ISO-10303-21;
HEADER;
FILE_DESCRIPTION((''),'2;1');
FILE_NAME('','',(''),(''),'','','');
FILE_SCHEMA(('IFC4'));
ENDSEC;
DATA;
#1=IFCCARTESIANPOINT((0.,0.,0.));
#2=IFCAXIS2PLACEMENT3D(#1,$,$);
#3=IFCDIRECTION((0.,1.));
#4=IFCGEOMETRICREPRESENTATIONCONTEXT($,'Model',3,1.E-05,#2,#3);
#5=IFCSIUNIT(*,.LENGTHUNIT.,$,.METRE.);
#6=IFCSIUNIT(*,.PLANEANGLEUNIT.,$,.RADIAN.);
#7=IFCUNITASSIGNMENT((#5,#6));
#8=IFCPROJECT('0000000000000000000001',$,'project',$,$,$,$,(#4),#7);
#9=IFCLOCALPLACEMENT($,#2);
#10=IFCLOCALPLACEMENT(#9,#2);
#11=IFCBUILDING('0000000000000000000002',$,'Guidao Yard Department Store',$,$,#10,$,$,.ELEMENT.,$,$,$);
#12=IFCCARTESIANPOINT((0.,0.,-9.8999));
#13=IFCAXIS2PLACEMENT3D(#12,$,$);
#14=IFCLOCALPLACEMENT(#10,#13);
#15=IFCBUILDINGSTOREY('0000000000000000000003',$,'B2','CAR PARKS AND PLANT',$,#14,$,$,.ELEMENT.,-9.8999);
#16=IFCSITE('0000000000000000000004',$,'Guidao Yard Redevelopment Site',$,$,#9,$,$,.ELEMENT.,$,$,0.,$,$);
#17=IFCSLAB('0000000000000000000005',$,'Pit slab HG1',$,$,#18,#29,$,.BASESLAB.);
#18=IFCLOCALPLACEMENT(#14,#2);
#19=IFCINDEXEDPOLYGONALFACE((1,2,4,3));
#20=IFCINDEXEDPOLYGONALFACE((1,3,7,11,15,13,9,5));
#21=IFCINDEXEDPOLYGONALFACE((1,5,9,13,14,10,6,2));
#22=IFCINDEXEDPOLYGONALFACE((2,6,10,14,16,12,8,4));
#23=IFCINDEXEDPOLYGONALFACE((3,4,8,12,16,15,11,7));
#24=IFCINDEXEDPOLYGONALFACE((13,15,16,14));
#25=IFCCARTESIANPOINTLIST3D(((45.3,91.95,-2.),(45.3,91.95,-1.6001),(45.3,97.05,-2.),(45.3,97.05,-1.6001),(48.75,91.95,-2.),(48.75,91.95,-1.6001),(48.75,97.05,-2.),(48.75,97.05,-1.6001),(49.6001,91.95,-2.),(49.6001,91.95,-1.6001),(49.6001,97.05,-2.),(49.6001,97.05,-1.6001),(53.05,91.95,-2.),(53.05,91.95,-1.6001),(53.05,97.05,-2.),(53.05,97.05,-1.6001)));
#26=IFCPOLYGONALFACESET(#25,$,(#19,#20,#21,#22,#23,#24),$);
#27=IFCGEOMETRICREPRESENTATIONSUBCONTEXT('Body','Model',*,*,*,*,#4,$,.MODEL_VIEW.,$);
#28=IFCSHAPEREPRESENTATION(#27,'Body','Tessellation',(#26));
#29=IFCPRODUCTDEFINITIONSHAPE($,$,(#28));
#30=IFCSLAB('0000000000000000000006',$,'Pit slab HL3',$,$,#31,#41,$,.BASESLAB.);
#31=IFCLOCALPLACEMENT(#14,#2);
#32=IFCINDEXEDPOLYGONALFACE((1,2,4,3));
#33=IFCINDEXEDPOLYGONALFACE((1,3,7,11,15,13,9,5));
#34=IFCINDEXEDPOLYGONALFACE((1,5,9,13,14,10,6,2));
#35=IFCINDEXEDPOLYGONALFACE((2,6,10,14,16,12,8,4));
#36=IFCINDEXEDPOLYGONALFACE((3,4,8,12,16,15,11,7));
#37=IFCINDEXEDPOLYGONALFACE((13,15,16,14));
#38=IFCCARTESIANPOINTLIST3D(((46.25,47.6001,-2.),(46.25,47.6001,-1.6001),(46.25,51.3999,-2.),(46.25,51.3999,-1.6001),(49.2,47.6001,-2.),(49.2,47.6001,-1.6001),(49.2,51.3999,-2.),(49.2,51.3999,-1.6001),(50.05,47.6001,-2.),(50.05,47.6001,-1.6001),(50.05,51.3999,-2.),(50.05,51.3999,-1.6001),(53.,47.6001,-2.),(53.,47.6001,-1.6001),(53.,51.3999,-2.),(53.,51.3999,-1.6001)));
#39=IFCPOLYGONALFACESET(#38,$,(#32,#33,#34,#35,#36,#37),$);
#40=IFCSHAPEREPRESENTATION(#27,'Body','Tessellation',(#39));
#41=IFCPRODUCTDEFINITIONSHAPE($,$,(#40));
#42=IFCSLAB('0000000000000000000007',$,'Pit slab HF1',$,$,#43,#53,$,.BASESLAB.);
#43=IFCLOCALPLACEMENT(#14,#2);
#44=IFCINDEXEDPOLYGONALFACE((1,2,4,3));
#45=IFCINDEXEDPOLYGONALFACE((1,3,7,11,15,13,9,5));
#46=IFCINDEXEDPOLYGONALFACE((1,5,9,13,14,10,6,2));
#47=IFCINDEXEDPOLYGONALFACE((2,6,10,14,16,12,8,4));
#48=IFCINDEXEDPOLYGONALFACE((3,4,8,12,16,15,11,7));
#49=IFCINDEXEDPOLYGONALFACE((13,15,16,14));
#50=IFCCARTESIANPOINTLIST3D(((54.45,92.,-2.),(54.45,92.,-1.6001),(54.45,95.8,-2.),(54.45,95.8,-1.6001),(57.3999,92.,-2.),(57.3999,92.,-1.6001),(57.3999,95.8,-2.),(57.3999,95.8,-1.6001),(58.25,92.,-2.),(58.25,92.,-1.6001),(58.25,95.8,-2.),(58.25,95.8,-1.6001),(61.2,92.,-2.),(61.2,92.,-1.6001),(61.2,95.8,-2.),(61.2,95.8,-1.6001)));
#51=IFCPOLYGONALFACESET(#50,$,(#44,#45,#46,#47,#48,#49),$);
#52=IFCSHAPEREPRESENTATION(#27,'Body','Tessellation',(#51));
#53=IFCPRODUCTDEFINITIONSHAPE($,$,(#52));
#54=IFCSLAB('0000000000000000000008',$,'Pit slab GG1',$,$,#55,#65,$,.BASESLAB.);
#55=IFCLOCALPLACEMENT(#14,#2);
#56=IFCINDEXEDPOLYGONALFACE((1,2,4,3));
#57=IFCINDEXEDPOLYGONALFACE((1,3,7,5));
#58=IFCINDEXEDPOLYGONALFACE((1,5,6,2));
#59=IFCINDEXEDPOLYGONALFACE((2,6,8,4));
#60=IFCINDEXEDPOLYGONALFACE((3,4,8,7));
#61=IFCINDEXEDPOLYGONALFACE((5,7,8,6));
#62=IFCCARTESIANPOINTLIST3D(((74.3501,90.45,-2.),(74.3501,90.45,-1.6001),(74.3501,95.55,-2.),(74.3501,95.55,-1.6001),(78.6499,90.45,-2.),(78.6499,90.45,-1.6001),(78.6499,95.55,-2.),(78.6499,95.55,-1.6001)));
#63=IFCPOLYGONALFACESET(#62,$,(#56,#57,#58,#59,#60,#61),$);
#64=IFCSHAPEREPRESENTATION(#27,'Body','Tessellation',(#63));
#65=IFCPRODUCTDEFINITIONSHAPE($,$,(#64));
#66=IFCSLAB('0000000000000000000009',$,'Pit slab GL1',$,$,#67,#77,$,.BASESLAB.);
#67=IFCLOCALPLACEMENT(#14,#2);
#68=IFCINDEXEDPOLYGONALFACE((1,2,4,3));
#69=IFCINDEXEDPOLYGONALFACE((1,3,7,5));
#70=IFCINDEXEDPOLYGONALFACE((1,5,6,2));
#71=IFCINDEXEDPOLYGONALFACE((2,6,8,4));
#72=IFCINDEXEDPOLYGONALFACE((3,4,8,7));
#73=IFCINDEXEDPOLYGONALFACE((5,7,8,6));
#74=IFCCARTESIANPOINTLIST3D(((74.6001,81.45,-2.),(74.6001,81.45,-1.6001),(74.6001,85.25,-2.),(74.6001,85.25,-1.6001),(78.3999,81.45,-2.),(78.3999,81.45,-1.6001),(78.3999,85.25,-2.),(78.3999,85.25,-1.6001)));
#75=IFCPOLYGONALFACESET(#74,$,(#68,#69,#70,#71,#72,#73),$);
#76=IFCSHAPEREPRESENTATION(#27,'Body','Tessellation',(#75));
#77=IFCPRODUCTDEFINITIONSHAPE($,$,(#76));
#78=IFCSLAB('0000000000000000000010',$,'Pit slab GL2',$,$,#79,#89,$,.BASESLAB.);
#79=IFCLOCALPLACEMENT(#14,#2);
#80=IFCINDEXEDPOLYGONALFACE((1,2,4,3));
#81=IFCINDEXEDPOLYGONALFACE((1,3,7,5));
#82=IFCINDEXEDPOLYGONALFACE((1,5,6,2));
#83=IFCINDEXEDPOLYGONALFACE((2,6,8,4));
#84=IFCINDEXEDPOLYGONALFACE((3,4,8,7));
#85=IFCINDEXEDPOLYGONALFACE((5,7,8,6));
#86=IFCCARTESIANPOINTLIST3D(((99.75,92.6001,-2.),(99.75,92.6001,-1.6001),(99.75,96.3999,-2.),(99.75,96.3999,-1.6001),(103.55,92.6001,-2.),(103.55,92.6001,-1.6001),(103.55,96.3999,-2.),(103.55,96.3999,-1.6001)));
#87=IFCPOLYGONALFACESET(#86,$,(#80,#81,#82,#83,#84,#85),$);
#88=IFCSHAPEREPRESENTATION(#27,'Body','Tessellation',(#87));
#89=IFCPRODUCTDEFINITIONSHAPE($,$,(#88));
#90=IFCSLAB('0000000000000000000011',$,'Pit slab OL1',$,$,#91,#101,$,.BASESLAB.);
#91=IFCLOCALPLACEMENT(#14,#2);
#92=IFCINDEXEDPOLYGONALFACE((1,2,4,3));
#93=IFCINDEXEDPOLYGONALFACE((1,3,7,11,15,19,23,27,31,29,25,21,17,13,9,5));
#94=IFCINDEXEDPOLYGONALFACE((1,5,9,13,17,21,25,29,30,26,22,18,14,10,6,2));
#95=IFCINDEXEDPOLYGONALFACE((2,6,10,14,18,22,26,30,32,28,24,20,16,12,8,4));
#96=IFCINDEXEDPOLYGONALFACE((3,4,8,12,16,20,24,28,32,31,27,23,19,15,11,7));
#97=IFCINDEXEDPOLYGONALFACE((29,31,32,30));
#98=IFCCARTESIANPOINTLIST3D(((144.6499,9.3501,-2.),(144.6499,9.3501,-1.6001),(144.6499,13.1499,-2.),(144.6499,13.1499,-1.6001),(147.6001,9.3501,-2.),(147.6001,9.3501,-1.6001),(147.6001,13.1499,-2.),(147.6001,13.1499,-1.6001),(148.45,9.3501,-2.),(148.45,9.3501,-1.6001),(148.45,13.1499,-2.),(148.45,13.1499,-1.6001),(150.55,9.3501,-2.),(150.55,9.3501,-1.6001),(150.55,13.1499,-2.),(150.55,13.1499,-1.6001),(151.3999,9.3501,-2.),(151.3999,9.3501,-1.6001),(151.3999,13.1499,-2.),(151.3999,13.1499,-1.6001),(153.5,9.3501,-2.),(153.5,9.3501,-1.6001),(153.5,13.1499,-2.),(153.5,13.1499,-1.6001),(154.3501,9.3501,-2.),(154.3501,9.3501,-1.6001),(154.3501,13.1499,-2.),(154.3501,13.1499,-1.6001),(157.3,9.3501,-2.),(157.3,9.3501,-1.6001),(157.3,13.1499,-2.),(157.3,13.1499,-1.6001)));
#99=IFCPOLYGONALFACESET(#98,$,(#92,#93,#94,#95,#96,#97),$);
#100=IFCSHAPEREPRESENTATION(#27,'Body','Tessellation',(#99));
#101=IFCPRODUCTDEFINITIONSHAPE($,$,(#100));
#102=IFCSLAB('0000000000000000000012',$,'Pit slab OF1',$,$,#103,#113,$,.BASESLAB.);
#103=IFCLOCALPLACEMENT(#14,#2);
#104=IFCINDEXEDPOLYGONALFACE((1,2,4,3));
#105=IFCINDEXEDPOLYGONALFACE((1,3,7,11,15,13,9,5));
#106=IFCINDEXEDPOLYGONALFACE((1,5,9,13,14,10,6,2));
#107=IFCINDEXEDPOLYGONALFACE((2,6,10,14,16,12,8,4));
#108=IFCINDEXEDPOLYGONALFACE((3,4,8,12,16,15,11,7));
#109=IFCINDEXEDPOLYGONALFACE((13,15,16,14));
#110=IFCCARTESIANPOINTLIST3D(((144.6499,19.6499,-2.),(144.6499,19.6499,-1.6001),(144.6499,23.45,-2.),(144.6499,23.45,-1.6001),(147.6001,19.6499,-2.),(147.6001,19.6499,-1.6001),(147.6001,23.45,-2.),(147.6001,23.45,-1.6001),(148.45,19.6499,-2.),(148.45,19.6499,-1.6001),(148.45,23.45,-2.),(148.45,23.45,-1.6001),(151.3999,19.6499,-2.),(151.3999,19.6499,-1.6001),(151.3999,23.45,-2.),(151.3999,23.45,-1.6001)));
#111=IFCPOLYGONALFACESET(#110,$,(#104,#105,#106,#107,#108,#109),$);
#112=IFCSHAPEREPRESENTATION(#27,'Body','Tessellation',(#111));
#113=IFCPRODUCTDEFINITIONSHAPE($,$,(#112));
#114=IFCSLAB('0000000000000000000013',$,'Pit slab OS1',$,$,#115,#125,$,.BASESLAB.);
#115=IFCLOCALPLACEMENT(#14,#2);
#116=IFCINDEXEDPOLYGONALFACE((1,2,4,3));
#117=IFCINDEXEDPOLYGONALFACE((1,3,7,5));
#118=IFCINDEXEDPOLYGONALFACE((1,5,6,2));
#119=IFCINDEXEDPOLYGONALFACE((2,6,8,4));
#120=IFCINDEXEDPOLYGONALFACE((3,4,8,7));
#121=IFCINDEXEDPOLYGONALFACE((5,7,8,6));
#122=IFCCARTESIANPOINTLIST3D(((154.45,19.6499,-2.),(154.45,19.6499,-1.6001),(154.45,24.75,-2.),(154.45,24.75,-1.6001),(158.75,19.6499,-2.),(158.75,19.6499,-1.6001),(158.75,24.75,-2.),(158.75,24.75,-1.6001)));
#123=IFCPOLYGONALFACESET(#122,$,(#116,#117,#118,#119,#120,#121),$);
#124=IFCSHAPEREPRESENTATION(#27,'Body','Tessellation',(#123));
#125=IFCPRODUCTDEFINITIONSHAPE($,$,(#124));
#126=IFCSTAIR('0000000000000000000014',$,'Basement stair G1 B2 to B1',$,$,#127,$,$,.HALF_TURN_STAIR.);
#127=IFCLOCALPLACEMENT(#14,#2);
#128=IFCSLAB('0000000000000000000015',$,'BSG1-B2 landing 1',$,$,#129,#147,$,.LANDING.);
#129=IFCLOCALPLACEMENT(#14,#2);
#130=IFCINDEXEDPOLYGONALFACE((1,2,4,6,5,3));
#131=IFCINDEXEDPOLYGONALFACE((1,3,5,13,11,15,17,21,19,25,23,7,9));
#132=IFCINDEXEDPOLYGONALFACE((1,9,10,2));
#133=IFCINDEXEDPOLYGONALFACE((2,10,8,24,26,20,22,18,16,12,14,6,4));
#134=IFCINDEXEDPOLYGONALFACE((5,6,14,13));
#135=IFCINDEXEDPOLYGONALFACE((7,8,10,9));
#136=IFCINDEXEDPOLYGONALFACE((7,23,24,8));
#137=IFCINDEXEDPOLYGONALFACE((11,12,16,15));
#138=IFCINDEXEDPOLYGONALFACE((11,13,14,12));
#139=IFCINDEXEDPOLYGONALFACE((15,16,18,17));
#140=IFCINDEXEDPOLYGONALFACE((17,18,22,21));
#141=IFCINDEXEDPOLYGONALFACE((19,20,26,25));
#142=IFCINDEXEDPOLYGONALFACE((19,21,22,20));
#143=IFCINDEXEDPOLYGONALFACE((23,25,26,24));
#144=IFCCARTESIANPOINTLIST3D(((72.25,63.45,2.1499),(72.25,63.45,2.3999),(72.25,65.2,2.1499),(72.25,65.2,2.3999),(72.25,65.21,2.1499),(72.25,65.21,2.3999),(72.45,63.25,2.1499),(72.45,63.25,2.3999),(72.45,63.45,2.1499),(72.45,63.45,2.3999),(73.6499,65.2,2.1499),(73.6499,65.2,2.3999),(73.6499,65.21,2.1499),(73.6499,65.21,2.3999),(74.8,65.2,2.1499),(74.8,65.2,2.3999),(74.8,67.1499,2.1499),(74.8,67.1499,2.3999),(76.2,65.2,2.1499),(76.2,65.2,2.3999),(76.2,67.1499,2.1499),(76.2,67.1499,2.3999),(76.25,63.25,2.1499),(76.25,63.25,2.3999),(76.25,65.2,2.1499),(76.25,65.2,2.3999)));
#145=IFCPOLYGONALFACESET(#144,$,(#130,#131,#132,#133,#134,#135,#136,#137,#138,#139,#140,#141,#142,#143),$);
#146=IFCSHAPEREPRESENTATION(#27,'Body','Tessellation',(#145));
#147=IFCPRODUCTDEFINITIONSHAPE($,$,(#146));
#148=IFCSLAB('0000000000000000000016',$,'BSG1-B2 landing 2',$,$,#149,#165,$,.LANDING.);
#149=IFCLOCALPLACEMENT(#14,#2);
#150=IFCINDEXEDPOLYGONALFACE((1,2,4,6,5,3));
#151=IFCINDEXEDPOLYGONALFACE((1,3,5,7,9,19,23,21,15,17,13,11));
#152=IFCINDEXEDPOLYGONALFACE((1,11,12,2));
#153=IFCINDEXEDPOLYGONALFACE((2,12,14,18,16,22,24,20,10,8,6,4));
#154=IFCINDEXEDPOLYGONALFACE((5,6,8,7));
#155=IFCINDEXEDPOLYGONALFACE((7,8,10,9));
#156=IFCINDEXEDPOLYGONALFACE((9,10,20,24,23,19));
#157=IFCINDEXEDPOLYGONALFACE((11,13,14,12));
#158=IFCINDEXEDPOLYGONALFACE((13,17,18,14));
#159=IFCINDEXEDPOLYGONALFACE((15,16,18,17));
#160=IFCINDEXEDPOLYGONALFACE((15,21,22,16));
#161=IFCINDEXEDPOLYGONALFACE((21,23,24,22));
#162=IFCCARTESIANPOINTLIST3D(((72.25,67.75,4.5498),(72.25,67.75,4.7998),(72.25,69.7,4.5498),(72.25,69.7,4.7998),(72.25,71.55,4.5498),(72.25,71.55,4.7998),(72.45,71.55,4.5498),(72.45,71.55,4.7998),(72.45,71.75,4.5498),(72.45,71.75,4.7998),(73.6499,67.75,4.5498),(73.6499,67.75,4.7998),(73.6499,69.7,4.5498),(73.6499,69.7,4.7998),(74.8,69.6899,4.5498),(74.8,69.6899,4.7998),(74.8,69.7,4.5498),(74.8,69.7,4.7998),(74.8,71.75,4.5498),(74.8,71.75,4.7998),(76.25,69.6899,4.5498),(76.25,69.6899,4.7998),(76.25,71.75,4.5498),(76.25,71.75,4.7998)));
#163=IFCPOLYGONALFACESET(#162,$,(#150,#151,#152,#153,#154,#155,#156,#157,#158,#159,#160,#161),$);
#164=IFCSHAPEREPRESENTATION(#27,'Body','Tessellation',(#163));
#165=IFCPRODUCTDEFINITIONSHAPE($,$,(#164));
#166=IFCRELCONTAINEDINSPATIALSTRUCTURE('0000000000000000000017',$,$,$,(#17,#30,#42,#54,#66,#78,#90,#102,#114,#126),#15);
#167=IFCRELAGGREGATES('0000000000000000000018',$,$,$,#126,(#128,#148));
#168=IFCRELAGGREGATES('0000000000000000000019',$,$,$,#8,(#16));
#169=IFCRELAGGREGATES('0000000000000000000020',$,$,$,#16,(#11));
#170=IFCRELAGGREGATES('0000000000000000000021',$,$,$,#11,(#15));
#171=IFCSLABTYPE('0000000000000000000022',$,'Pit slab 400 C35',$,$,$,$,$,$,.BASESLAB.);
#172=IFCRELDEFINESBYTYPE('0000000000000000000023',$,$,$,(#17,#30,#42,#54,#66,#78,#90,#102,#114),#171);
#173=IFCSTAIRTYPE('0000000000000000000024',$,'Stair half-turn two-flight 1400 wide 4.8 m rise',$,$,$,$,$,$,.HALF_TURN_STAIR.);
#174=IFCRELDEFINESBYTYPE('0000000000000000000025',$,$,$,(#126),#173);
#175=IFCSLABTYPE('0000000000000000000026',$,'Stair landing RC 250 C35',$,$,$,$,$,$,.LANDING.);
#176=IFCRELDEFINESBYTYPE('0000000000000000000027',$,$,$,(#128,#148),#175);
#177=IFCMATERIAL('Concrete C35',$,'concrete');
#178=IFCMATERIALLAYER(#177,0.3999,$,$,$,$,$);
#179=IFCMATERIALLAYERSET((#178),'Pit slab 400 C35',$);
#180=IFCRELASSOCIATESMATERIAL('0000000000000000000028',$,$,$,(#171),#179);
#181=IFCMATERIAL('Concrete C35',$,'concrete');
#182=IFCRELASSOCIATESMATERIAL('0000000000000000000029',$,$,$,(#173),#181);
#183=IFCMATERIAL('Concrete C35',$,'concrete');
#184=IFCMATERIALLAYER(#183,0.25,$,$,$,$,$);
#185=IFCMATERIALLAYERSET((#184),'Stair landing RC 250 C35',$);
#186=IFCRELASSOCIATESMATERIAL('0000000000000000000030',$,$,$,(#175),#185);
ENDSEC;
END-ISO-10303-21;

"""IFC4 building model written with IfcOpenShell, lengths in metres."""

from ifc_helpers import new_model, si_unit, direction, frame, origin, place, context, subcontext, project, spatial, polyline, outline, extrude, material, layer, layer_set, type_object, element, aggregate, save


model = new_model("IFC4")

# Units and contexts
model_context = context("Model", 3, precision=1e-05, world=origin(), true_north=direction((0.0, 1.0)))
body_context = subcontext(model_context, "Body", "Model", "MODEL_VIEW")
ifc_project = project(units=[si_unit("LENGTHUNIT", "METRE"), si_unit("PLANEANGLEUNIT", "RADIAN")], contexts=[model_context])

# Site, building, storey
site_placement = place(None, origin())
site = spatial("IfcSite", under=ifc_project, at=site_placement, Name="Guidao Yard Redevelopment Site", CompositionType="ELEMENT", RefElevation=0.0)
building_placement = place(site_placement, origin())
building = spatial("IfcBuilding", under=site, at=building_placement, Name="Guidao Yard Department Store", CompositionType="ELEMENT")
storey_placement = place(building_placement, frame((0.0, 0.0, -9.8999)))
storey = spatial("IfcBuildingStorey", under=building, at=storey_placement, Name="B2", Description="CAR PARKS AND PLANT", CompositionType="ELEMENT", Elevation=-9.8999)

# Slabs
ifc_material_1 = material(Name="Concrete C35", Category="concrete")
ifc_layer_1 = layer(ifc_material_1, 0.3999)
ifc_layer_set_1 = layer_set([ifc_layer_1], Name="Pit slab 400 C35")
slab_type_1 = type_object("IfcSlabType", Name="Pit slab 400 C35", PredefinedType="BASESLAB", material=ifc_layer_set_1)
slab_1_placement = place(storey_placement, frame((0.0, 0.0, -2.0)))
element("IfcSlab", 1, at=slab_1_placement, inside=storey, type_object=slab_type_1, Name="Pit slab HG1", PredefinedType="BASESLAB", context=body_context, shape_type="SweptSolid", body=[
    extrude(outline(polyline([(49.6001, 97.05), (53.05, 97.05), (53.05, 91.95), (49.6001, 91.95), (48.75, 91.95), (45.3, 91.95), (45.3, 97.05), (48.75, 97.05), (49.6001, 97.05)])), origin(), (0.0, 0.0, 1.0), 0.3999),
])
slab_2_placement = place(storey_placement, frame((0.0, 0.0, -2.0)))
element("IfcSlab", 2, at=slab_2_placement, inside=storey, type_object=slab_type_1, Name="Pit slab HL3", PredefinedType="BASESLAB", context=body_context, shape_type="SweptSolid", body=[
    extrude(outline(polyline([(49.2, 51.3999), (50.05, 51.3999), (53.0, 51.3999), (53.0, 47.6001), (50.05, 47.6001), (49.2, 47.6001), (46.25, 47.6001), (46.25, 51.3999), (49.2, 51.3999)])), origin(), (0.0, 0.0, 1.0), 0.3999),
])
slab_3_placement = place(storey_placement, frame((0.0, 0.0, -2.0)))
element("IfcSlab", 3, at=slab_3_placement, inside=storey, type_object=slab_type_1, Name="Pit slab HF1", PredefinedType="BASESLAB", context=body_context, shape_type="SweptSolid", body=[
    extrude(outline(polyline([(58.25, 95.8), (61.2, 95.8), (61.2, 92.0), (58.25, 92.0), (57.3999, 92.0), (54.45, 92.0), (54.45, 95.8), (57.3999, 95.8), (58.25, 95.8)])), origin(), (0.0, 0.0, 1.0), 0.3999),
])
slab_4_placement = place(storey_placement, frame((0.0, 0.0, -2.0)))
element("IfcSlab", 4, at=slab_4_placement, inside=storey, type_object=slab_type_1, Name="Pit slab GG1", PredefinedType="BASESLAB", context=body_context, shape_type="SweptSolid", body=[
    extrude(outline(polyline([(74.3501, 90.45), (74.3501, 95.55), (78.6499, 95.55), (78.6499, 90.45), (74.3501, 90.45)])), origin(), (0.0, 0.0, 1.0), 0.3999),
])
slab_5_placement = place(storey_placement, frame((0.0, 0.0, -2.0)))
element("IfcSlab", 5, at=slab_5_placement, inside=storey, type_object=slab_type_1, Name="Pit slab GL1", PredefinedType="BASESLAB", context=body_context, shape_type="SweptSolid", body=[
    extrude(outline(polyline([(78.3999, 81.45), (74.6001, 81.45), (74.6001, 85.25), (78.3999, 85.25), (78.3999, 81.45)])), origin(), (0.0, 0.0, 1.0), 0.3999),
])
slab_6_placement = place(storey_placement, frame((0.0, 0.0, -2.0)))
element("IfcSlab", 6, at=slab_6_placement, inside=storey, type_object=slab_type_1, Name="Pit slab GL2", PredefinedType="BASESLAB", context=body_context, shape_type="SweptSolid", body=[
    extrude(outline(polyline([(99.75, 92.6001), (99.75, 96.3999), (103.55, 96.3999), (103.55, 92.6001), (99.75, 92.6001)])), origin(), (0.0, 0.0, 1.0), 0.3999),
])
slab_7_placement = place(storey_placement, frame((0.0, 0.0, -2.0)))
element("IfcSlab", 7, at=slab_7_placement, inside=storey, type_object=slab_type_1, Name="Pit slab OL1", PredefinedType="BASESLAB", context=body_context, shape_type="SweptSolid", body=[
    extrude(outline(polyline([(147.6001, 13.1499), (148.45, 13.1499), (150.55, 13.1499), (151.3999, 13.1499), (153.5, 13.1499), (154.3501, 13.1499), (157.3, 13.1499), (157.3, 9.3501), (154.3501, 9.3501), (153.5, 9.3501), (151.3999, 9.3501), (150.55, 9.3501), (148.45, 9.3501), (147.6001, 9.3501), (144.6499, 9.3501), (144.6499, 13.1499), (147.6001, 13.1499)])), origin(), (0.0, 0.0, 1.0), 0.3999),
])
slab_8_placement = place(storey_placement, frame((0.0, 0.0, -2.0)))
element("IfcSlab", 8, at=slab_8_placement, inside=storey, type_object=slab_type_1, Name="Pit slab OF1", PredefinedType="BASESLAB", context=body_context, shape_type="SweptSolid", body=[
    extrude(outline(polyline([(147.6001, 23.45), (148.45, 23.45), (151.3999, 23.45), (151.3999, 19.6499), (148.45, 19.6499), (147.6001, 19.6499), (144.6499, 19.6499), (144.6499, 23.45), (147.6001, 23.45)])), origin(), (0.0, 0.0, 1.0), 0.3999),
])
slab_9_placement = place(storey_placement, frame((0.0, 0.0, -2.0)))
element("IfcSlab", 9, at=slab_9_placement, inside=storey, type_object=slab_type_1, Name="Pit slab OS1", PredefinedType="BASESLAB", context=body_context, shape_type="SweptSolid", body=[
    extrude(outline(polyline([(158.75, 19.6499), (154.45, 19.6499), (154.45, 24.75), (158.75, 24.75), (158.75, 19.6499)])), origin(), (0.0, 0.0, 1.0), 0.3999),
])

# Stair, slabs
ifc_material_2 = material(Name="Concrete C35", Category="concrete")
stair_type = type_object("IfcStairType", Name="Stair half-turn two-flight 1400 wide 4.8 m rise", PredefinedType="HALF_TURN_STAIR", material=ifc_material_2)
stair_1_placement = place(storey_placement, origin())
stair_1 = element("IfcStair", 10, at=stair_1_placement, inside=storey, type_object=stair_type, Name="Basement stair G1 B2 to B1", PredefinedType="HALF_TURN_STAIR")
ifc_material_3 = material(Name="Concrete C35", Category="concrete")
ifc_layer_2 = layer(ifc_material_3, 0.25)
ifc_layer_set_2 = layer_set([ifc_layer_2], Name="Stair landing RC 250 C35")
slab_type_2 = type_object("IfcSlabType", Name="Stair landing RC 250 C35", PredefinedType="LANDING", material=ifc_layer_set_2)
slab_10_placement = place(storey_placement, frame((0.0, 0.0, 2.1499)))
slab_10 = element("IfcSlab", 11, at=slab_10_placement, type_object=slab_type_2, Name="BSG1-B2 landing 1", PredefinedType="LANDING", context=body_context, shape_type="SweptSolid", body=[
    extrude(outline(polyline([(72.45, 63.25), (72.45, 63.45), (72.25, 63.45), (72.25, 65.2), (72.25, 65.21), (73.6499, 65.21), (73.6499, 65.2), (74.8, 65.2), (74.8, 67.1499), (76.2, 67.1499), (76.2, 65.2), (76.25, 65.2), (76.25, 63.25), (72.45, 63.25)])), origin(), (0.0, 0.0, 1.0), 0.25),
])
slab_11_placement = place(storey_placement, frame((0.0, 0.0, 4.5498)))
slab_11 = element("IfcSlab", 12, at=slab_11_placement, type_object=slab_type_2, Name="BSG1-B2 landing 2", PredefinedType="LANDING", context=body_context, shape_type="SweptSolid", body=[
    extrude(outline(polyline([(72.25, 69.7), (72.25, 71.55), (72.45, 71.55), (72.45, 71.75), (74.8, 71.75), (76.25, 71.75), (76.25, 69.6899), (74.8, 69.6899), (74.8, 69.7), (73.6499, 69.7), (73.6499, 67.75), (72.25, 67.75), (72.25, 69.7)])), origin(), (0.0, 0.0, 1.0), 0.25),
])
aggregate(stair_1, [slab_10, slab_11])

save(model, "model.ifc")
